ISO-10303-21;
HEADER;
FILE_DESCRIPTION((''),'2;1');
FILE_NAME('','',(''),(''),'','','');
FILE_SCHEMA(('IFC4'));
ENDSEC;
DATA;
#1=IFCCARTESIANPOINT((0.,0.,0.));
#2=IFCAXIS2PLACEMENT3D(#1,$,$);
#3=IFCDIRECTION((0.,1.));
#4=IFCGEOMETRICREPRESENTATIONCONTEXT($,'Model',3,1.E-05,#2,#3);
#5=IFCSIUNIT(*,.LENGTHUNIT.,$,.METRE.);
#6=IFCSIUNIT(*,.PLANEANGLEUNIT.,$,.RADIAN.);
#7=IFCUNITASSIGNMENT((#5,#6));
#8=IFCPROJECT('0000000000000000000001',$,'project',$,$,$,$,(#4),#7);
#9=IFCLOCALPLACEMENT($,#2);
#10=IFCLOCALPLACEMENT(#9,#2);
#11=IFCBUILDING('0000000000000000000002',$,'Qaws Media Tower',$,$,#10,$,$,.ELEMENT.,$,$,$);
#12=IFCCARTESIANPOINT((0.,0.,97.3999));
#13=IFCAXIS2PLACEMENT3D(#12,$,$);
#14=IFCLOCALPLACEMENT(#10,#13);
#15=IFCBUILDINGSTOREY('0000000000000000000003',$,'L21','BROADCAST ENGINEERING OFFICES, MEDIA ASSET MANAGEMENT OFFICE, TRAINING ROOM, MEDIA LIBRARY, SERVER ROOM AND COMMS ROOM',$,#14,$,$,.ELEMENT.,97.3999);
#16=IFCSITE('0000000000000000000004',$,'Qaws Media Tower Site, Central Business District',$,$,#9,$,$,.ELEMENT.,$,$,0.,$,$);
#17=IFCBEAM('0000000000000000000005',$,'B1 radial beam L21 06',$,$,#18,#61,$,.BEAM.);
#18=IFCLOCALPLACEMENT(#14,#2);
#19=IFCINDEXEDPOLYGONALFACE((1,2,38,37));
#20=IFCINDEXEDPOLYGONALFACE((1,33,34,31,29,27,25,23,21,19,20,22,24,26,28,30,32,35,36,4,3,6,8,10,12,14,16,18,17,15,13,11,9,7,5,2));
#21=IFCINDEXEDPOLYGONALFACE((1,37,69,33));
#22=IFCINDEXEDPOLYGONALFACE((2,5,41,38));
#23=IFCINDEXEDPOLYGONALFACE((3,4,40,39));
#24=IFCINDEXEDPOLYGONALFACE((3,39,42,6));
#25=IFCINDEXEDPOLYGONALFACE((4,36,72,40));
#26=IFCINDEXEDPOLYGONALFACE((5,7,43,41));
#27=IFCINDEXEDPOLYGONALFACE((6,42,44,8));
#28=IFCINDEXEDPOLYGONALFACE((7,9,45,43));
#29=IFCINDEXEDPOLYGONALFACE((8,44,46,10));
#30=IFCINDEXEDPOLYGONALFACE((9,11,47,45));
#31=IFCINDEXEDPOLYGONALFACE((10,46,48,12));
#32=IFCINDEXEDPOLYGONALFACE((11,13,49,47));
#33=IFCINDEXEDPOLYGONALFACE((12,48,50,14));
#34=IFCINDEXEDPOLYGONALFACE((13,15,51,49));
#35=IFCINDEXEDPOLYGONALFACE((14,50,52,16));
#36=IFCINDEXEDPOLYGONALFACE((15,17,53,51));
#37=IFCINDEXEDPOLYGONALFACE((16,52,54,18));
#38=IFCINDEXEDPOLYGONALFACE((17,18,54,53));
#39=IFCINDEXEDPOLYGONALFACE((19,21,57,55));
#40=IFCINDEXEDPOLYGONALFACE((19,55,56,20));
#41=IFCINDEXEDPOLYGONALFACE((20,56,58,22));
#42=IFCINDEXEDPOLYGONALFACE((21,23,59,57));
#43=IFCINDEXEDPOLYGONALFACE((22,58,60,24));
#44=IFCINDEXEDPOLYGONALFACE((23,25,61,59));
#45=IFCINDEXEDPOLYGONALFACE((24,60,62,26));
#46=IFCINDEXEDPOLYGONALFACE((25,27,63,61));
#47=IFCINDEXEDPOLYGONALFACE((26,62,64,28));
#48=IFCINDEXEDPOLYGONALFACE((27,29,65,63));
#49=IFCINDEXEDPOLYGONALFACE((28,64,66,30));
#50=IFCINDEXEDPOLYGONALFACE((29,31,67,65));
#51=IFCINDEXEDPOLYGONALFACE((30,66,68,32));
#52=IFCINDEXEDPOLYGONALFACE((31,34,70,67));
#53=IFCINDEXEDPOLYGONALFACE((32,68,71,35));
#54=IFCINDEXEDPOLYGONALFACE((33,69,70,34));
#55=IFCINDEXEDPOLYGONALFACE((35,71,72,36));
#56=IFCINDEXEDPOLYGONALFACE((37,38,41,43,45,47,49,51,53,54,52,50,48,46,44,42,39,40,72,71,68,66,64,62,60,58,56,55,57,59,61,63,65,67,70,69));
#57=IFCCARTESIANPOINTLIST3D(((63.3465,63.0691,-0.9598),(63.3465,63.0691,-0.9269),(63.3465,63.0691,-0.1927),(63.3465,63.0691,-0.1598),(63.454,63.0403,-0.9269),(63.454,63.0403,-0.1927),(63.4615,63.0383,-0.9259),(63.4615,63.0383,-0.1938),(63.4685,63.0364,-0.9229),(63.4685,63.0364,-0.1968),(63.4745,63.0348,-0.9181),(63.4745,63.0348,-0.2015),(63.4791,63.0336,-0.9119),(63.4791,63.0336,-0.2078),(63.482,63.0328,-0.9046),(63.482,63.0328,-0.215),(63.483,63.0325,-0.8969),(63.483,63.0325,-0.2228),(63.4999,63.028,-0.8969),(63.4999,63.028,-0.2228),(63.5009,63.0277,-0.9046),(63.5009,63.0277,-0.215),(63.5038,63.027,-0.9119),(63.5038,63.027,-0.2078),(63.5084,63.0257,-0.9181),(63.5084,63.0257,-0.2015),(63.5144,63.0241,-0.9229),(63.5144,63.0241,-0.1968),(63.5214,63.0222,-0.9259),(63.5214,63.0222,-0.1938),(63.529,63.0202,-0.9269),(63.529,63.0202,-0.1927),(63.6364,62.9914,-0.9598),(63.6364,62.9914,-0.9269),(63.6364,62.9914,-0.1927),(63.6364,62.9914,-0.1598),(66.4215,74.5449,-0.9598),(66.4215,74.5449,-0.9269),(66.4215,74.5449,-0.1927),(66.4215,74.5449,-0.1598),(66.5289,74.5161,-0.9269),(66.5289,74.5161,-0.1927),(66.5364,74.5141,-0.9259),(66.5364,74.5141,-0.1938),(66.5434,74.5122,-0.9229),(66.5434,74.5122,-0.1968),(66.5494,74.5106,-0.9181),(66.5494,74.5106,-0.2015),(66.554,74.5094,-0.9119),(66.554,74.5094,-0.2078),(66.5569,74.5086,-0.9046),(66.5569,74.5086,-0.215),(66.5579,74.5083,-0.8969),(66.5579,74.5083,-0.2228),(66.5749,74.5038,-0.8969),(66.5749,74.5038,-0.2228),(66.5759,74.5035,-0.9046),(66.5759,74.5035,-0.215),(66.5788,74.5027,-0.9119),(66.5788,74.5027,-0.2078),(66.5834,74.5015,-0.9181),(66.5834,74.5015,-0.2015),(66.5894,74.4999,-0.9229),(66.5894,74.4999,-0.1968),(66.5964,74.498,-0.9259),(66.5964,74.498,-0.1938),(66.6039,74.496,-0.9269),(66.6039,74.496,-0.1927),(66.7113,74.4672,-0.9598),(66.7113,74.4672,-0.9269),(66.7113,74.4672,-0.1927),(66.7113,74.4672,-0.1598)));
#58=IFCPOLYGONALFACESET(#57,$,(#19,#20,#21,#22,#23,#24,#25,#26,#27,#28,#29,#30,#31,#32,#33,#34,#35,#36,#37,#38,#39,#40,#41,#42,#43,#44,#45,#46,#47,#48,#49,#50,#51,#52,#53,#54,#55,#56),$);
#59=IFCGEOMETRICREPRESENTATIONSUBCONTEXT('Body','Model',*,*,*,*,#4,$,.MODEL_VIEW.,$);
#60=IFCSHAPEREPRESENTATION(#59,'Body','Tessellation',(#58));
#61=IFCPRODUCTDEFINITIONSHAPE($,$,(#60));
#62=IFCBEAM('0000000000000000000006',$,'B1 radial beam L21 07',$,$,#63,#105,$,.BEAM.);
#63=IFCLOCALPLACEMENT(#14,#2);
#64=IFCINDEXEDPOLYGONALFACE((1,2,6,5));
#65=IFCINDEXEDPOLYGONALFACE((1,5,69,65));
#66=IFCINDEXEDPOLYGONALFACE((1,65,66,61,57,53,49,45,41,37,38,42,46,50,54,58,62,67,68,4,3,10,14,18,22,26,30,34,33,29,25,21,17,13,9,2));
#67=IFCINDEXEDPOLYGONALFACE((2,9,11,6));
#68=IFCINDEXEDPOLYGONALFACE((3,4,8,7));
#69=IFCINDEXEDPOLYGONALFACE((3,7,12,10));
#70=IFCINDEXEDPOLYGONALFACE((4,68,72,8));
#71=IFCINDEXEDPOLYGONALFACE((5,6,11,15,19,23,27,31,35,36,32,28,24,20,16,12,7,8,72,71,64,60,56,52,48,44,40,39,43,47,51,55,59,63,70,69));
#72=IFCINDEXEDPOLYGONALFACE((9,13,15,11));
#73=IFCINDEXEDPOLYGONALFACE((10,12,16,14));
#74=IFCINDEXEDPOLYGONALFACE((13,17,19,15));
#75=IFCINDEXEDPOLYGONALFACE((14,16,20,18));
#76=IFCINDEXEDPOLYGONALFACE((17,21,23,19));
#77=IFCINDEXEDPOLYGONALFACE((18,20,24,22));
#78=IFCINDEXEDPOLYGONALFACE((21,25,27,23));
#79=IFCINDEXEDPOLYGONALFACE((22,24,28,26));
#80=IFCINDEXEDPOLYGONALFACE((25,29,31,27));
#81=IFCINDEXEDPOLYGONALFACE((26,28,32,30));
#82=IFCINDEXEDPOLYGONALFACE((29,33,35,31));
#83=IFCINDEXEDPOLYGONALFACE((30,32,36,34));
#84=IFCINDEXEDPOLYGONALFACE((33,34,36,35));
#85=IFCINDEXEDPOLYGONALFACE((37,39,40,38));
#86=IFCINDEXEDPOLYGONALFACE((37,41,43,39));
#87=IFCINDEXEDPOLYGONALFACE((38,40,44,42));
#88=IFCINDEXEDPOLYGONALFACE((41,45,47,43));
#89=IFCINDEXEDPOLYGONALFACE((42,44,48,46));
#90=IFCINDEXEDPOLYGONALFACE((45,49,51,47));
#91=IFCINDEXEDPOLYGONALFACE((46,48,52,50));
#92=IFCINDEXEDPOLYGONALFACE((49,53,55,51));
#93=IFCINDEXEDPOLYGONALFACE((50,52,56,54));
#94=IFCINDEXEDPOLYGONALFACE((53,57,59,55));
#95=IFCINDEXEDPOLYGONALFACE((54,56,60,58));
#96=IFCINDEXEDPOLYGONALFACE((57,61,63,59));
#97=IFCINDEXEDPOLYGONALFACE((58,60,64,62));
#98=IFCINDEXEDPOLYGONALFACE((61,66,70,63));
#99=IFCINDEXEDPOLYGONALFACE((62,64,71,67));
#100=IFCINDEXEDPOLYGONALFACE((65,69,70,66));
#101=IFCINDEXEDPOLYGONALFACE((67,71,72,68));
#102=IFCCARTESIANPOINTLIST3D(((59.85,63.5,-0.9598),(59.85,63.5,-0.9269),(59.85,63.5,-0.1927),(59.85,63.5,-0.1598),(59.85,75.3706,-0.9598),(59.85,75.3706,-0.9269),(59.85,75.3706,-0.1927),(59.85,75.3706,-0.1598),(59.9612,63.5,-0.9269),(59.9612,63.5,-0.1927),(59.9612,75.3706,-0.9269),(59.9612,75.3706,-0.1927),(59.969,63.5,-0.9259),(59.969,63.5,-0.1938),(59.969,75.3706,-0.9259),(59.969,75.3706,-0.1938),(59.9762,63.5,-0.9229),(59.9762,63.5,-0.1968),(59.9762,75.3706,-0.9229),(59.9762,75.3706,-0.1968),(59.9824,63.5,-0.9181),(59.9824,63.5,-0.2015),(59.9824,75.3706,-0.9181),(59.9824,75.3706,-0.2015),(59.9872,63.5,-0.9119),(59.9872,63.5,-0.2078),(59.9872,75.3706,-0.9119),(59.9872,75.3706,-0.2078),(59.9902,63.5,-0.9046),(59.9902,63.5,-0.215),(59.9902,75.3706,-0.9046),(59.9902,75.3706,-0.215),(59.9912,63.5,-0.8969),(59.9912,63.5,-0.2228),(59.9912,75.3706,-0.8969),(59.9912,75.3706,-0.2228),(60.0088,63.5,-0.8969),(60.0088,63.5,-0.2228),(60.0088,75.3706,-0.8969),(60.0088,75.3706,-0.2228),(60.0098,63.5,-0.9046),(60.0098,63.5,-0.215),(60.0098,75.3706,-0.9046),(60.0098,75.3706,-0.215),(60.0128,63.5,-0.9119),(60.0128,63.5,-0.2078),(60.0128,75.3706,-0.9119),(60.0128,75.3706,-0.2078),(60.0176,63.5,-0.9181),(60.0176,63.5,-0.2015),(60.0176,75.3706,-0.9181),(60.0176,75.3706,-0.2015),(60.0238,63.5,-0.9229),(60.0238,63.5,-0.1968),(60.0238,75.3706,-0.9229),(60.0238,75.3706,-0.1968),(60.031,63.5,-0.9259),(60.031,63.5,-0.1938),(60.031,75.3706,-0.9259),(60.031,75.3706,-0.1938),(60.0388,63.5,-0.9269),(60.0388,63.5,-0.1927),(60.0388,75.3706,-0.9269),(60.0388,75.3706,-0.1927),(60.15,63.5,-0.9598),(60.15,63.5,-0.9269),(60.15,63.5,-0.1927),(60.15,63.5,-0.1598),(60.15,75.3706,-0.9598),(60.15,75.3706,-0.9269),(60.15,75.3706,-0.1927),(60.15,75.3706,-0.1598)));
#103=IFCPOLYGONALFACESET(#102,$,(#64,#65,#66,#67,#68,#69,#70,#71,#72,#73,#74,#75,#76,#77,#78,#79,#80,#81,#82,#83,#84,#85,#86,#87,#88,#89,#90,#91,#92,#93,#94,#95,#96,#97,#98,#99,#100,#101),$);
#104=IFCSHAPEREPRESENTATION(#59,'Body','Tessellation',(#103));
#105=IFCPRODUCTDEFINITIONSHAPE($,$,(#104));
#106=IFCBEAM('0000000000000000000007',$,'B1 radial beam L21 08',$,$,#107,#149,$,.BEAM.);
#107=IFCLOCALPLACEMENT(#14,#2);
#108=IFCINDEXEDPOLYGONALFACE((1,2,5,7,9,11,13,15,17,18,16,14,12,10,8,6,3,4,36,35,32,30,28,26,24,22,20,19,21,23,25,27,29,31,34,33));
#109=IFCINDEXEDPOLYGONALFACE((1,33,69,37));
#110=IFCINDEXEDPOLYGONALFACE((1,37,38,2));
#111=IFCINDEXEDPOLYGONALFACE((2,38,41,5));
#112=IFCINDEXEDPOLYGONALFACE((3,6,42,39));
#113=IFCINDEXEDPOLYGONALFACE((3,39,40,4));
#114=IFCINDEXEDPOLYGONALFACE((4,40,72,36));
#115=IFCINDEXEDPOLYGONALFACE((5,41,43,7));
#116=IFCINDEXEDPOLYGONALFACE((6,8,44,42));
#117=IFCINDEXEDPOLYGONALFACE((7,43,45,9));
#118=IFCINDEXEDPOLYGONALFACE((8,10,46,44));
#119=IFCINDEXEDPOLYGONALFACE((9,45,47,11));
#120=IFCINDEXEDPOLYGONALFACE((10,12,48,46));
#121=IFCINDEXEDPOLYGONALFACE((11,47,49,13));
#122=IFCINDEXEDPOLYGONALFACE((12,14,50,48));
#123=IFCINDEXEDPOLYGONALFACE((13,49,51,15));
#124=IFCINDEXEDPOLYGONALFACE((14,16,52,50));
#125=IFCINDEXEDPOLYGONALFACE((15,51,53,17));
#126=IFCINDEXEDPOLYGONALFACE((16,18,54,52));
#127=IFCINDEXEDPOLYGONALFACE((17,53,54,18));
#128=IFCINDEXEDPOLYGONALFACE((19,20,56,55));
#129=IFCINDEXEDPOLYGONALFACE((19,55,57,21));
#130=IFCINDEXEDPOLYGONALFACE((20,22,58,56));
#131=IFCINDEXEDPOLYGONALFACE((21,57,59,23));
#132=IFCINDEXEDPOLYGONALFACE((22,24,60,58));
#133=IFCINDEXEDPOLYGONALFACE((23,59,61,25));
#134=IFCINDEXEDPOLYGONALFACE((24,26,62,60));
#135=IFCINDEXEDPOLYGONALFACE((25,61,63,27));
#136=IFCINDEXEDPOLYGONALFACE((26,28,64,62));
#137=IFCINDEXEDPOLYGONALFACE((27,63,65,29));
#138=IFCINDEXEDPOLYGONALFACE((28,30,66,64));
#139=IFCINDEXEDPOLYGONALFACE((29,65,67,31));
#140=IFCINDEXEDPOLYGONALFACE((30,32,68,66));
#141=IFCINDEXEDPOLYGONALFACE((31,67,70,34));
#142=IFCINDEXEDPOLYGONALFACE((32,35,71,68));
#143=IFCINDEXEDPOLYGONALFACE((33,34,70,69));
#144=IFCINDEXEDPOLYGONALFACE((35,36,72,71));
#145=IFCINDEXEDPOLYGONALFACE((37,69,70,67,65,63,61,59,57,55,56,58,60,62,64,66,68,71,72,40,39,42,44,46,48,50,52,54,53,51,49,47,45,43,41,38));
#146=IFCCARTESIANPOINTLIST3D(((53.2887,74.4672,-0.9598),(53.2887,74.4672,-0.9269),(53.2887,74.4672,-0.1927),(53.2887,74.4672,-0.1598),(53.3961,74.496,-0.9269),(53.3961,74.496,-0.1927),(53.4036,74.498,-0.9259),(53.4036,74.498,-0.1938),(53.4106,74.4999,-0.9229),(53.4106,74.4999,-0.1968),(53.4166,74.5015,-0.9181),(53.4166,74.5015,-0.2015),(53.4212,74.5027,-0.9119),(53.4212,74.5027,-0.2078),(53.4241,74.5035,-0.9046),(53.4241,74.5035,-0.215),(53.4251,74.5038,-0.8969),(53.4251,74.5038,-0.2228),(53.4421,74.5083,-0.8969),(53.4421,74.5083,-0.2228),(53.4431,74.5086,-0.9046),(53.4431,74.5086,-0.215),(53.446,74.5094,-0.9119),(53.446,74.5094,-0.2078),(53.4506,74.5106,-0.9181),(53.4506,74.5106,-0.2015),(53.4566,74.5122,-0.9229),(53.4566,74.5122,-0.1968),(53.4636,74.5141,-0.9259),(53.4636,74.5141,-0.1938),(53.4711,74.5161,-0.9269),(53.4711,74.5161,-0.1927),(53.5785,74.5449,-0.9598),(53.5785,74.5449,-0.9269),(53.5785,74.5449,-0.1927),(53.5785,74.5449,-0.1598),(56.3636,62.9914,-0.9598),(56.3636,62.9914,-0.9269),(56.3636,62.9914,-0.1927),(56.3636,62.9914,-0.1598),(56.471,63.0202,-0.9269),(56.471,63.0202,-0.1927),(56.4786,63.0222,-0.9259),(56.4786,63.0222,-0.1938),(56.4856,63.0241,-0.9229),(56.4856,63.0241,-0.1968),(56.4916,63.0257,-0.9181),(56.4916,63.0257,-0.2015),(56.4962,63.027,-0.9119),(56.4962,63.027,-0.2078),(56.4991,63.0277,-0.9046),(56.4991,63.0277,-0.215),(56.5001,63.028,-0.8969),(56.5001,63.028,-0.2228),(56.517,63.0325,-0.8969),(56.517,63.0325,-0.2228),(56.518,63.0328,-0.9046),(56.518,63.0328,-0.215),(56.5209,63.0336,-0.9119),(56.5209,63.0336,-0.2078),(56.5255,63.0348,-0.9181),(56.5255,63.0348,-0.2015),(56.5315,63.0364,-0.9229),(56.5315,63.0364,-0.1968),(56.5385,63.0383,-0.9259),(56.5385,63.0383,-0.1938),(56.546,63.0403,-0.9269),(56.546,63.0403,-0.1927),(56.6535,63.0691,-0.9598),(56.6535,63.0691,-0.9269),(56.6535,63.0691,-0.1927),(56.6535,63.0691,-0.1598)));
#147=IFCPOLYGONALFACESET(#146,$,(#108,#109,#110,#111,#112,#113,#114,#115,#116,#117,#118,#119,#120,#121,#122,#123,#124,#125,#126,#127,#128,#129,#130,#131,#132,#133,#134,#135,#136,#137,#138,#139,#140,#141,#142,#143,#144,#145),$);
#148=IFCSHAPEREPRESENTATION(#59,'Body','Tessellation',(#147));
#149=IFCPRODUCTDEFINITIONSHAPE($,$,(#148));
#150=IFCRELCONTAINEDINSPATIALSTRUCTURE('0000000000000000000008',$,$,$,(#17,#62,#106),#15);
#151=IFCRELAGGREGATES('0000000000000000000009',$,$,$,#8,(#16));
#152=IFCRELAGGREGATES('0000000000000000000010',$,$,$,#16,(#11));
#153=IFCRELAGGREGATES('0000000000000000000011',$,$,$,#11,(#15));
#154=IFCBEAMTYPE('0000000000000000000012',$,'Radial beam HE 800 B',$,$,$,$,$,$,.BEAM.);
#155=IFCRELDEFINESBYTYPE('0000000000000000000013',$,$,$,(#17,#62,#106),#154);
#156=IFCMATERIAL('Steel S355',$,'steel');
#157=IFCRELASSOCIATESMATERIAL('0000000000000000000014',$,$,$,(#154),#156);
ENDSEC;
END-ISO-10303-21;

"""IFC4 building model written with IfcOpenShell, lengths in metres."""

from ifc_helpers import new_model, si_unit, direction, frame, origin, origin_2d, place, context, subcontext, project, spatial, i_section, extrude, material, material_profile, profile_set, type_object, element, save


model = new_model("IFC4")

# Units and contexts
model_context = context("Model", 3, precision=1e-05, world=origin(), true_north=direction((0.0, 1.0)))
body_context = subcontext(model_context, "Body", "Model", "MODEL_VIEW")
ifc_project = project(units=[si_unit("LENGTHUNIT", "METRE"), si_unit("PLANEANGLEUNIT", "RADIAN")], contexts=[model_context])

# Site, building, storey
site_placement = place(None, origin())
site = spatial("IfcSite", under=ifc_project, at=site_placement, Name="Qaws Media Tower Site, Central Business District", CompositionType="ELEMENT", RefElevation=0.0)
building_placement = place(site_placement, origin())
building = spatial("IfcBuilding", under=site, at=building_placement, Name="Qaws Media Tower", CompositionType="ELEMENT")
storey_placement = place(building_placement, frame((0.0, 0.0, 97.3999)))
storey = spatial("IfcBuildingStorey", under=building, at=storey_placement, Name="L21", Description="BROADCAST ENGINEERING OFFICES, MEDIA ASSET MANAGEMENT OFFICE, TRAINING ROOM, MEDIA LIBRARY, SERVER ROOM AND COMMS ROOM", CompositionType="ELEMENT", Elevation=97.3999)

# Beams
ifc_material_1 = material(Name="Steel S355", Category="steel")
ifc_material_profile_1 = material_profile(ifc_material_1, i_section(OverallWidth=0.3, OverallDepth=0.8, WebThickness=0.0176, FlangeThickness=0.033, FilletRadius=0.03, at=origin_2d()), Name="HE 800 B")
ifc_profile_set_1 = profile_set([ifc_material_profile_1], Name="Steel S355")
beam_type_1 = type_object("IfcBeamType", Name="Radial beam HE 800 B", PredefinedType="BEAM", material=ifc_profile_set_1)
beam_1_placement = place(storey_placement, frame((63.4915, 63.0303, -0.5598), z_axis=(0.25882, 0.965926, 0.0), x_axis=(-0.965926, 0.25882, 0.0)))
element("IfcBeam", 1, at=beam_1_placement, inside=storey, type_object=beam_type_1, Name="B1 radial beam L21 06", PredefinedType="BEAM", context=body_context, shape_type="SweptSolid", body=[
    extrude(i_section(OverallWidth=0.3, OverallDepth=0.8, WebThickness=0.0176, FlangeThickness=0.033, FilletRadius=0.03, at=origin_2d()), origin(), (0.0, 0.0, 1.0), 11.8806),
])
beam_2_placement = place(storey_placement, frame((60.0, 63.5, -0.5598), z_axis=(0.0, 1.0, 0.0), x_axis=(-1.0, 0.0, 0.0)))
element("IfcBeam", 2, at=beam_2_placement, inside=storey, type_object=beam_type_1, Name="B1 radial beam L21 07", PredefinedType="BEAM", context=body_context, shape_type="SweptSolid", body=[
    extrude(i_section(OverallWidth=0.3, OverallDepth=0.8, WebThickness=0.0176, FlangeThickness=0.033, FilletRadius=0.03, at=origin_2d()), origin(), (0.0, 0.0, 1.0), 11.8706),
])
beam_3_placement = place(storey_placement, frame((56.5085, 63.0303, -0.5598), z_axis=(-0.25882, 0.965926, 0.0), x_axis=(-0.965926, -0.25882, 0.0)))
element("IfcBeam", 3, at=beam_3_placement, inside=storey, type_object=beam_type_1, Name="B1 radial beam L21 08", PredefinedType="BEAM", context=body_context, shape_type="SweptSolid", body=[
    extrude(i_section(OverallWidth=0.3, OverallDepth=0.8, WebThickness=0.0176, FlangeThickness=0.033, FilletRadius=0.03, at=origin_2d()), origin(), (0.0, 0.0, 1.0), 11.8806),
])

save(model, "model.ifc")
